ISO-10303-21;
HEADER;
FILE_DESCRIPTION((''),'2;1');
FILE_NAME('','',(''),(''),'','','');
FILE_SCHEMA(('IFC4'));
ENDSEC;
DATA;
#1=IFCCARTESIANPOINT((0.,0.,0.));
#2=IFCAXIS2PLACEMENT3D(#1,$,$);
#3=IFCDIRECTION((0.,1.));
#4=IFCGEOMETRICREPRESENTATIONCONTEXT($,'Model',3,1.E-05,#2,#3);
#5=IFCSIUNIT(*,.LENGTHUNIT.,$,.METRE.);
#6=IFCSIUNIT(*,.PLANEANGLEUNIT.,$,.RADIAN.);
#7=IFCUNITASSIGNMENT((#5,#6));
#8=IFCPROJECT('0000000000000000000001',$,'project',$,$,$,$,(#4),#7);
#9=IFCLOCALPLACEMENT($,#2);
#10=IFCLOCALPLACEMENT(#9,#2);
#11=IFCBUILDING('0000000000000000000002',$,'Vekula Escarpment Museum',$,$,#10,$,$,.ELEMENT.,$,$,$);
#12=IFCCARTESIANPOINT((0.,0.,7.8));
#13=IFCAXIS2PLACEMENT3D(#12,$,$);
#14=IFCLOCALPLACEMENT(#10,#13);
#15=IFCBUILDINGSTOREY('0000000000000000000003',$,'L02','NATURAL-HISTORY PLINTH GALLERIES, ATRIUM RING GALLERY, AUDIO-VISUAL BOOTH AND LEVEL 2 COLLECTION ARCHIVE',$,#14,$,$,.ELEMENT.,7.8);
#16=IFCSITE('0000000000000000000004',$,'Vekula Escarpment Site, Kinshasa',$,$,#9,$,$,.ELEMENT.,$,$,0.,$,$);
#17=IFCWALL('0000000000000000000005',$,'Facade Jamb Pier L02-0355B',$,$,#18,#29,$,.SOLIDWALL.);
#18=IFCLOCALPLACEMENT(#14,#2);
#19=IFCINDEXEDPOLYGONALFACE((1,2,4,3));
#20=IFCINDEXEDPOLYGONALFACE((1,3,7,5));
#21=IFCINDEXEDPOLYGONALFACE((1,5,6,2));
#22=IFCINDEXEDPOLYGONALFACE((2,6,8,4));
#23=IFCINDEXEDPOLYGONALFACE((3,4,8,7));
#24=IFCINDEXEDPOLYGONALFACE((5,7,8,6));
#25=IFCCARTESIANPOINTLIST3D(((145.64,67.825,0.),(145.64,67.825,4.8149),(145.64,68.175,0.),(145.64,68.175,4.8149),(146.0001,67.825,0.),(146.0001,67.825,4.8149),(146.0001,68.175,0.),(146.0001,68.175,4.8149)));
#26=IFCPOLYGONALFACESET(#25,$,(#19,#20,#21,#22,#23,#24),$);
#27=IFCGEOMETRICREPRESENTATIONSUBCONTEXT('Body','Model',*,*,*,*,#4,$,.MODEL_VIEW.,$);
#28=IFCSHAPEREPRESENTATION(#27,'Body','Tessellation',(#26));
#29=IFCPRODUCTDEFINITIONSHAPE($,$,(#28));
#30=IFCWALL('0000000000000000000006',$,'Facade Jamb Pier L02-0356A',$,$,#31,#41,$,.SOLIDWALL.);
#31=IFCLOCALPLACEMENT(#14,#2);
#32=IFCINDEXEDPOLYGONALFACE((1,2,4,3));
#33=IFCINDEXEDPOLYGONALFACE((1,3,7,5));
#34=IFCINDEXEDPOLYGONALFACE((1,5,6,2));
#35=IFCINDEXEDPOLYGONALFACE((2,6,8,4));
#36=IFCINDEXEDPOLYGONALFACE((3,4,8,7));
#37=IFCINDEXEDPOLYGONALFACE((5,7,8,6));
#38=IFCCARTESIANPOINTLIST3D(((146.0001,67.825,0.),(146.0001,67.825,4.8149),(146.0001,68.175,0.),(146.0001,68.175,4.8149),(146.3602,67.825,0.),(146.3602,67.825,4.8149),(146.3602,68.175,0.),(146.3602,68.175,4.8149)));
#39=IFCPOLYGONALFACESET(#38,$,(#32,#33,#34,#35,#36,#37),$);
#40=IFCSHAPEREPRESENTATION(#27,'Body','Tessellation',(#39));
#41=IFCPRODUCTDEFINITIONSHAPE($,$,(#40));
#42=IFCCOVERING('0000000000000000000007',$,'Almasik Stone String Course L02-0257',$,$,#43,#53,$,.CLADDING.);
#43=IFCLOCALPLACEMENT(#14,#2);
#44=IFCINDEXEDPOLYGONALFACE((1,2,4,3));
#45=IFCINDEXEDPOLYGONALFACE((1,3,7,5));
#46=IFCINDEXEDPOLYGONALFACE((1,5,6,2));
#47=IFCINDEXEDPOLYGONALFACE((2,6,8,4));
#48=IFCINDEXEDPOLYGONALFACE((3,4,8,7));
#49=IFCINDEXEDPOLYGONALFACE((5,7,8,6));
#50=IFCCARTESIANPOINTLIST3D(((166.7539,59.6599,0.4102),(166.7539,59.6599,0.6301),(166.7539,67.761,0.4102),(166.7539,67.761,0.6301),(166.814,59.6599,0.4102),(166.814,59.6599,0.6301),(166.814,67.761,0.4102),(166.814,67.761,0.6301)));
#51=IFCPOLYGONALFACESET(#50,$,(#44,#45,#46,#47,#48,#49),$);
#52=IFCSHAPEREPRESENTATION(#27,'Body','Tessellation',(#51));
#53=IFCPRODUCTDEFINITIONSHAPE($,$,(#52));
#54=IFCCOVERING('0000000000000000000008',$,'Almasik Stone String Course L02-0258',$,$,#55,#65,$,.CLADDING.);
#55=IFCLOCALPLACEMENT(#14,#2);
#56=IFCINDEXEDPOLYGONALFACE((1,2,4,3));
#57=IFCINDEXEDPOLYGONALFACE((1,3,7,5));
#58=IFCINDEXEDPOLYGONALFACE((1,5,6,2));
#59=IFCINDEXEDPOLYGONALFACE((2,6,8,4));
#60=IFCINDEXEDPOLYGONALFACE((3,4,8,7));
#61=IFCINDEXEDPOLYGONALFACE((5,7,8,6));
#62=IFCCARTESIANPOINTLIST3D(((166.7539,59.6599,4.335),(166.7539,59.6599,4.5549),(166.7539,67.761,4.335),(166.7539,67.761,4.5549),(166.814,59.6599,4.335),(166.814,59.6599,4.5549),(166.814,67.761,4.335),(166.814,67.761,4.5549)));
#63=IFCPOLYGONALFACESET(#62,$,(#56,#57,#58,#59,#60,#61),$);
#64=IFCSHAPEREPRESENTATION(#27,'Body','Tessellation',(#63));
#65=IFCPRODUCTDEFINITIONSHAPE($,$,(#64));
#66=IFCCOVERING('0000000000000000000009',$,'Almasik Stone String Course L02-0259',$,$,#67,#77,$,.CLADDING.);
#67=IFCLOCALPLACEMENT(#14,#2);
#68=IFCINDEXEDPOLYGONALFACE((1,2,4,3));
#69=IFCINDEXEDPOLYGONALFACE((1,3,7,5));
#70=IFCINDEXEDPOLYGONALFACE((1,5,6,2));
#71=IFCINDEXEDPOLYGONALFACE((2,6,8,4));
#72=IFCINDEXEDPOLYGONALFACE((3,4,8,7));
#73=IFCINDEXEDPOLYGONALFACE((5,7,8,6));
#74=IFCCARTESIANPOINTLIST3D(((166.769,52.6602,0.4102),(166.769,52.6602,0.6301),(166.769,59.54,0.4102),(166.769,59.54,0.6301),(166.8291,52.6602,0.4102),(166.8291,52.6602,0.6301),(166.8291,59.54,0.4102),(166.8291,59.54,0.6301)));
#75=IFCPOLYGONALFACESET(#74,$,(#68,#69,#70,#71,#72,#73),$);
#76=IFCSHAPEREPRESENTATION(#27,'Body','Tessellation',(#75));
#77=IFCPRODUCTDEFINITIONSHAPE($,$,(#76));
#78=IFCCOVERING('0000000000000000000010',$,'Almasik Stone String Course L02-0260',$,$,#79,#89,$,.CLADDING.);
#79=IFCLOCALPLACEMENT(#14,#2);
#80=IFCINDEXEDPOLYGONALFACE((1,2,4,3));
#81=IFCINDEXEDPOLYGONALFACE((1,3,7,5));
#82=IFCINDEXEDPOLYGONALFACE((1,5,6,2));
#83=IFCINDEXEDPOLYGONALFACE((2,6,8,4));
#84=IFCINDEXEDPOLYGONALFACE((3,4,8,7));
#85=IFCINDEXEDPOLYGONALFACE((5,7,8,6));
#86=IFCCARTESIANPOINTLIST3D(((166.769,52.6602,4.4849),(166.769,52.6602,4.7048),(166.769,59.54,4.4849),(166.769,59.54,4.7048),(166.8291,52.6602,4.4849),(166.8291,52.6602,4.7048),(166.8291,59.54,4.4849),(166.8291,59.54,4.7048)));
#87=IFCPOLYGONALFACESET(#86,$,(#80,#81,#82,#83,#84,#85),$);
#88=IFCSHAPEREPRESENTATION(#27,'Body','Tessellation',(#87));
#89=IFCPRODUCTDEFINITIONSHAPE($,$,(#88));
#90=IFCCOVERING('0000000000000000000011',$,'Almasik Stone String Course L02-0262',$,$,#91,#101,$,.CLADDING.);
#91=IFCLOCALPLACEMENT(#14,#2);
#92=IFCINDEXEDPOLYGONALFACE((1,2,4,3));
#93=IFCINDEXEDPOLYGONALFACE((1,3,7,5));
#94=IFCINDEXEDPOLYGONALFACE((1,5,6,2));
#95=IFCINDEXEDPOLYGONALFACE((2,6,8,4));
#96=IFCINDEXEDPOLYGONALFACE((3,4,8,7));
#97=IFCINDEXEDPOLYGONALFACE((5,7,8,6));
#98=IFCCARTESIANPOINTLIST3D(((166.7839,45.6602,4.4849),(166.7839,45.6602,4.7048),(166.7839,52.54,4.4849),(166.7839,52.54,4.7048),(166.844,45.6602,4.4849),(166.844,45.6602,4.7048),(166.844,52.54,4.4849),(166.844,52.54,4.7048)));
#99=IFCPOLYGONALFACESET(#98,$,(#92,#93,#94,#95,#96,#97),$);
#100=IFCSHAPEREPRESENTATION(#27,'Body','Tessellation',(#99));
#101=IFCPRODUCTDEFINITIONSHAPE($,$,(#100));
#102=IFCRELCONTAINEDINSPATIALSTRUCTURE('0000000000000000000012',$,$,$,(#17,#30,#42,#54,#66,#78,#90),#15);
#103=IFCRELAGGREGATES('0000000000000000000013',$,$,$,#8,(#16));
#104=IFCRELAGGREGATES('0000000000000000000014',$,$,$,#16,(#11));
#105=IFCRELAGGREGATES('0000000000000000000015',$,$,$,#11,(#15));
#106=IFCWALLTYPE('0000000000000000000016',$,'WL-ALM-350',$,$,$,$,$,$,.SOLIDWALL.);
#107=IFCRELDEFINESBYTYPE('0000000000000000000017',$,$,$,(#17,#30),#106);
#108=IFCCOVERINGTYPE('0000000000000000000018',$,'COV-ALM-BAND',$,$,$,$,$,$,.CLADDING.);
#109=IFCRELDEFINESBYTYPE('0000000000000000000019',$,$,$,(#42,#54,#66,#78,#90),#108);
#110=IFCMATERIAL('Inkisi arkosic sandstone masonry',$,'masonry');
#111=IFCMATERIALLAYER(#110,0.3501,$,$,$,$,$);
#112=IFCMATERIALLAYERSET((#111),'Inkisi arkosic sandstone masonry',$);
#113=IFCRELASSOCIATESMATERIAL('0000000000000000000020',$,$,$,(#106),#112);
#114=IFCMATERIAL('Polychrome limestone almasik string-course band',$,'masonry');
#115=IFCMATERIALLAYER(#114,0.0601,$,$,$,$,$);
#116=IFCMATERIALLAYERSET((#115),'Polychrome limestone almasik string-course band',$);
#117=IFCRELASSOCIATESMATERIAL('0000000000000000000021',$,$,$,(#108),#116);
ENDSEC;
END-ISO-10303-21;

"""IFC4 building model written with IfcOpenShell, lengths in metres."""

from ifc_helpers import new_model, si_unit, direction, frame, frame_2d, origin, origin_2d, place, context, subcontext, project, spatial, rectangle, extrude, material, layer, layer_set, type_object, element, save


model = new_model("IFC4")

# Units and contexts
model_context = context("Model", 3, precision=1e-05, world=origin(), true_north=direction((0.0, 1.0)))
body_context = subcontext(model_context, "Body", "Model", "MODEL_VIEW")
ifc_project = project(units=[si_unit("LENGTHUNIT", "METRE"), si_unit("PLANEANGLEUNIT", "RADIAN")], contexts=[model_context])

# Site, building, storey
site_placement = place(None, origin())
site = spatial("IfcSite", under=ifc_project, at=site_placement, Name="Vekula Escarpment Site, Kinshasa", CompositionType="ELEMENT", RefElevation=0.0)
building_placement = place(site_placement, origin())
building = spatial("IfcBuilding", under=site, at=building_placement, Name="Vekula Escarpment Museum", CompositionType="ELEMENT")
storey_placement = place(building_placement, frame((0.0, 0.0, 7.8)))
storey = spatial("IfcBuildingStorey", under=building, at=storey_placement, Name="L02", Description="NATURAL-HISTORY PLINTH GALLERIES, ATRIUM RING GALLERY, AUDIO-VISUAL BOOTH AND LEVEL 2 COLLECTION ARCHIVE", CompositionType="ELEMENT", Elevation=7.8)

# Walls
ifc_material_1 = material(Name="Inkisi arkosic sandstone masonry", Category="masonry")
ifc_layer_1 = layer(ifc_material_1, 0.3501)
ifc_layer_set_1 = layer_set([ifc_layer_1], Name="Inkisi arkosic sandstone masonry")
wall_type = type_object("IfcWallType", Name="WL-ALM-350", PredefinedType="SOLIDWALL", material=ifc_layer_set_1)
for number, where, z_axis, x_axis, name in (
    (1, (145.6399, 68.0, 0.0), (0.0, 0.0, 1.0), (1.0, 0.0, 0.0), "Facade Jamb Pier L02-0355B"),
    (2, (146.0, 68.0, 0.0), (0.0, 0.0, 1.0), (1.0, 0.0, 0.0), "Facade Jamb Pier L02-0356A"),
):
    element("IfcWall", number, at=place(storey_placement, frame(where, z_axis=z_axis, x_axis=x_axis)), inside=storey, type_object=wall_type, Name=name, PredefinedType="SOLIDWALL", context=body_context, shape_type="SweptSolid", body=[
        extrude(rectangle(XDim=0.3601, YDim=0.3501, at=frame_2d((0.1802, 0.0))), origin(), (0.0, 0.0, 1.0), 4.8149),
    ])

# Coverings
ifc_material_2 = material(Name="Polychrome limestone almasik string-course band", Category="masonry")
ifc_layer_2 = layer(ifc_material_2, 0.0601)
ifc_layer_set_2 = layer_set([ifc_layer_2], Name="Polychrome limestone almasik string-course band")
covering_type = type_object("IfcCoveringType", Name="COV-ALM-BAND", PredefinedType="CLADDING", material=ifc_layer_set_2)
for number, where, z_axis, x_axis, name in (
    (3, (166.7839, 63.7104, 0.4102), (0.0, 0.0, 1.0), (0.0, 1.0, 0.0), "Almasik Stone String Course L02-0257"),
    (4, (166.7839, 63.7104, 4.335), (0.0, 0.0, 1.0), (0.0, 1.0, 0.0), "Almasik Stone String Course L02-0258"),
):
    element("IfcCovering", number, at=place(storey_placement, frame(where, z_axis=z_axis, x_axis=x_axis)), inside=storey, type_object=covering_type, Name=name, PredefinedType="CLADDING", context=body_context, shape_type="SweptSolid", body=[
        extrude(rectangle(XDim=8.1011, YDim=0.0601, at=origin_2d()), origin(), (0.0, 0.0, 1.0), 0.22),
    ])
for number, where, z_axis, x_axis, name in (
    (5, (166.7991, 56.1001, 0.4102), (0.0, 0.0, 1.0), (0.0, 1.0, 0.0), "Almasik Stone String Course L02-0259"),
    (6, (166.7991, 56.1001, 4.4849), (0.0, 0.0, 1.0), (0.0, 1.0, 0.0), "Almasik Stone String Course L02-0260"),
    (7, (166.814, 49.1001, 4.4849), (0.0, 0.0, 1.0), (0.0, 1.0, 0.0), "Almasik Stone String Course L02-0262"),
):
    element("IfcCovering", number, at=place(storey_placement, frame(where, z_axis=z_axis, x_axis=x_axis)), inside=storey, type_object=covering_type, Name=name, PredefinedType="CLADDING", context=body_context, shape_type="SweptSolid", body=[
        extrude(rectangle(XDim=6.8799, YDim=0.0601, at=origin_2d()), origin(), (0.0, 0.0, 1.0), 0.22),
    ])

save(model, "model.ifc")
